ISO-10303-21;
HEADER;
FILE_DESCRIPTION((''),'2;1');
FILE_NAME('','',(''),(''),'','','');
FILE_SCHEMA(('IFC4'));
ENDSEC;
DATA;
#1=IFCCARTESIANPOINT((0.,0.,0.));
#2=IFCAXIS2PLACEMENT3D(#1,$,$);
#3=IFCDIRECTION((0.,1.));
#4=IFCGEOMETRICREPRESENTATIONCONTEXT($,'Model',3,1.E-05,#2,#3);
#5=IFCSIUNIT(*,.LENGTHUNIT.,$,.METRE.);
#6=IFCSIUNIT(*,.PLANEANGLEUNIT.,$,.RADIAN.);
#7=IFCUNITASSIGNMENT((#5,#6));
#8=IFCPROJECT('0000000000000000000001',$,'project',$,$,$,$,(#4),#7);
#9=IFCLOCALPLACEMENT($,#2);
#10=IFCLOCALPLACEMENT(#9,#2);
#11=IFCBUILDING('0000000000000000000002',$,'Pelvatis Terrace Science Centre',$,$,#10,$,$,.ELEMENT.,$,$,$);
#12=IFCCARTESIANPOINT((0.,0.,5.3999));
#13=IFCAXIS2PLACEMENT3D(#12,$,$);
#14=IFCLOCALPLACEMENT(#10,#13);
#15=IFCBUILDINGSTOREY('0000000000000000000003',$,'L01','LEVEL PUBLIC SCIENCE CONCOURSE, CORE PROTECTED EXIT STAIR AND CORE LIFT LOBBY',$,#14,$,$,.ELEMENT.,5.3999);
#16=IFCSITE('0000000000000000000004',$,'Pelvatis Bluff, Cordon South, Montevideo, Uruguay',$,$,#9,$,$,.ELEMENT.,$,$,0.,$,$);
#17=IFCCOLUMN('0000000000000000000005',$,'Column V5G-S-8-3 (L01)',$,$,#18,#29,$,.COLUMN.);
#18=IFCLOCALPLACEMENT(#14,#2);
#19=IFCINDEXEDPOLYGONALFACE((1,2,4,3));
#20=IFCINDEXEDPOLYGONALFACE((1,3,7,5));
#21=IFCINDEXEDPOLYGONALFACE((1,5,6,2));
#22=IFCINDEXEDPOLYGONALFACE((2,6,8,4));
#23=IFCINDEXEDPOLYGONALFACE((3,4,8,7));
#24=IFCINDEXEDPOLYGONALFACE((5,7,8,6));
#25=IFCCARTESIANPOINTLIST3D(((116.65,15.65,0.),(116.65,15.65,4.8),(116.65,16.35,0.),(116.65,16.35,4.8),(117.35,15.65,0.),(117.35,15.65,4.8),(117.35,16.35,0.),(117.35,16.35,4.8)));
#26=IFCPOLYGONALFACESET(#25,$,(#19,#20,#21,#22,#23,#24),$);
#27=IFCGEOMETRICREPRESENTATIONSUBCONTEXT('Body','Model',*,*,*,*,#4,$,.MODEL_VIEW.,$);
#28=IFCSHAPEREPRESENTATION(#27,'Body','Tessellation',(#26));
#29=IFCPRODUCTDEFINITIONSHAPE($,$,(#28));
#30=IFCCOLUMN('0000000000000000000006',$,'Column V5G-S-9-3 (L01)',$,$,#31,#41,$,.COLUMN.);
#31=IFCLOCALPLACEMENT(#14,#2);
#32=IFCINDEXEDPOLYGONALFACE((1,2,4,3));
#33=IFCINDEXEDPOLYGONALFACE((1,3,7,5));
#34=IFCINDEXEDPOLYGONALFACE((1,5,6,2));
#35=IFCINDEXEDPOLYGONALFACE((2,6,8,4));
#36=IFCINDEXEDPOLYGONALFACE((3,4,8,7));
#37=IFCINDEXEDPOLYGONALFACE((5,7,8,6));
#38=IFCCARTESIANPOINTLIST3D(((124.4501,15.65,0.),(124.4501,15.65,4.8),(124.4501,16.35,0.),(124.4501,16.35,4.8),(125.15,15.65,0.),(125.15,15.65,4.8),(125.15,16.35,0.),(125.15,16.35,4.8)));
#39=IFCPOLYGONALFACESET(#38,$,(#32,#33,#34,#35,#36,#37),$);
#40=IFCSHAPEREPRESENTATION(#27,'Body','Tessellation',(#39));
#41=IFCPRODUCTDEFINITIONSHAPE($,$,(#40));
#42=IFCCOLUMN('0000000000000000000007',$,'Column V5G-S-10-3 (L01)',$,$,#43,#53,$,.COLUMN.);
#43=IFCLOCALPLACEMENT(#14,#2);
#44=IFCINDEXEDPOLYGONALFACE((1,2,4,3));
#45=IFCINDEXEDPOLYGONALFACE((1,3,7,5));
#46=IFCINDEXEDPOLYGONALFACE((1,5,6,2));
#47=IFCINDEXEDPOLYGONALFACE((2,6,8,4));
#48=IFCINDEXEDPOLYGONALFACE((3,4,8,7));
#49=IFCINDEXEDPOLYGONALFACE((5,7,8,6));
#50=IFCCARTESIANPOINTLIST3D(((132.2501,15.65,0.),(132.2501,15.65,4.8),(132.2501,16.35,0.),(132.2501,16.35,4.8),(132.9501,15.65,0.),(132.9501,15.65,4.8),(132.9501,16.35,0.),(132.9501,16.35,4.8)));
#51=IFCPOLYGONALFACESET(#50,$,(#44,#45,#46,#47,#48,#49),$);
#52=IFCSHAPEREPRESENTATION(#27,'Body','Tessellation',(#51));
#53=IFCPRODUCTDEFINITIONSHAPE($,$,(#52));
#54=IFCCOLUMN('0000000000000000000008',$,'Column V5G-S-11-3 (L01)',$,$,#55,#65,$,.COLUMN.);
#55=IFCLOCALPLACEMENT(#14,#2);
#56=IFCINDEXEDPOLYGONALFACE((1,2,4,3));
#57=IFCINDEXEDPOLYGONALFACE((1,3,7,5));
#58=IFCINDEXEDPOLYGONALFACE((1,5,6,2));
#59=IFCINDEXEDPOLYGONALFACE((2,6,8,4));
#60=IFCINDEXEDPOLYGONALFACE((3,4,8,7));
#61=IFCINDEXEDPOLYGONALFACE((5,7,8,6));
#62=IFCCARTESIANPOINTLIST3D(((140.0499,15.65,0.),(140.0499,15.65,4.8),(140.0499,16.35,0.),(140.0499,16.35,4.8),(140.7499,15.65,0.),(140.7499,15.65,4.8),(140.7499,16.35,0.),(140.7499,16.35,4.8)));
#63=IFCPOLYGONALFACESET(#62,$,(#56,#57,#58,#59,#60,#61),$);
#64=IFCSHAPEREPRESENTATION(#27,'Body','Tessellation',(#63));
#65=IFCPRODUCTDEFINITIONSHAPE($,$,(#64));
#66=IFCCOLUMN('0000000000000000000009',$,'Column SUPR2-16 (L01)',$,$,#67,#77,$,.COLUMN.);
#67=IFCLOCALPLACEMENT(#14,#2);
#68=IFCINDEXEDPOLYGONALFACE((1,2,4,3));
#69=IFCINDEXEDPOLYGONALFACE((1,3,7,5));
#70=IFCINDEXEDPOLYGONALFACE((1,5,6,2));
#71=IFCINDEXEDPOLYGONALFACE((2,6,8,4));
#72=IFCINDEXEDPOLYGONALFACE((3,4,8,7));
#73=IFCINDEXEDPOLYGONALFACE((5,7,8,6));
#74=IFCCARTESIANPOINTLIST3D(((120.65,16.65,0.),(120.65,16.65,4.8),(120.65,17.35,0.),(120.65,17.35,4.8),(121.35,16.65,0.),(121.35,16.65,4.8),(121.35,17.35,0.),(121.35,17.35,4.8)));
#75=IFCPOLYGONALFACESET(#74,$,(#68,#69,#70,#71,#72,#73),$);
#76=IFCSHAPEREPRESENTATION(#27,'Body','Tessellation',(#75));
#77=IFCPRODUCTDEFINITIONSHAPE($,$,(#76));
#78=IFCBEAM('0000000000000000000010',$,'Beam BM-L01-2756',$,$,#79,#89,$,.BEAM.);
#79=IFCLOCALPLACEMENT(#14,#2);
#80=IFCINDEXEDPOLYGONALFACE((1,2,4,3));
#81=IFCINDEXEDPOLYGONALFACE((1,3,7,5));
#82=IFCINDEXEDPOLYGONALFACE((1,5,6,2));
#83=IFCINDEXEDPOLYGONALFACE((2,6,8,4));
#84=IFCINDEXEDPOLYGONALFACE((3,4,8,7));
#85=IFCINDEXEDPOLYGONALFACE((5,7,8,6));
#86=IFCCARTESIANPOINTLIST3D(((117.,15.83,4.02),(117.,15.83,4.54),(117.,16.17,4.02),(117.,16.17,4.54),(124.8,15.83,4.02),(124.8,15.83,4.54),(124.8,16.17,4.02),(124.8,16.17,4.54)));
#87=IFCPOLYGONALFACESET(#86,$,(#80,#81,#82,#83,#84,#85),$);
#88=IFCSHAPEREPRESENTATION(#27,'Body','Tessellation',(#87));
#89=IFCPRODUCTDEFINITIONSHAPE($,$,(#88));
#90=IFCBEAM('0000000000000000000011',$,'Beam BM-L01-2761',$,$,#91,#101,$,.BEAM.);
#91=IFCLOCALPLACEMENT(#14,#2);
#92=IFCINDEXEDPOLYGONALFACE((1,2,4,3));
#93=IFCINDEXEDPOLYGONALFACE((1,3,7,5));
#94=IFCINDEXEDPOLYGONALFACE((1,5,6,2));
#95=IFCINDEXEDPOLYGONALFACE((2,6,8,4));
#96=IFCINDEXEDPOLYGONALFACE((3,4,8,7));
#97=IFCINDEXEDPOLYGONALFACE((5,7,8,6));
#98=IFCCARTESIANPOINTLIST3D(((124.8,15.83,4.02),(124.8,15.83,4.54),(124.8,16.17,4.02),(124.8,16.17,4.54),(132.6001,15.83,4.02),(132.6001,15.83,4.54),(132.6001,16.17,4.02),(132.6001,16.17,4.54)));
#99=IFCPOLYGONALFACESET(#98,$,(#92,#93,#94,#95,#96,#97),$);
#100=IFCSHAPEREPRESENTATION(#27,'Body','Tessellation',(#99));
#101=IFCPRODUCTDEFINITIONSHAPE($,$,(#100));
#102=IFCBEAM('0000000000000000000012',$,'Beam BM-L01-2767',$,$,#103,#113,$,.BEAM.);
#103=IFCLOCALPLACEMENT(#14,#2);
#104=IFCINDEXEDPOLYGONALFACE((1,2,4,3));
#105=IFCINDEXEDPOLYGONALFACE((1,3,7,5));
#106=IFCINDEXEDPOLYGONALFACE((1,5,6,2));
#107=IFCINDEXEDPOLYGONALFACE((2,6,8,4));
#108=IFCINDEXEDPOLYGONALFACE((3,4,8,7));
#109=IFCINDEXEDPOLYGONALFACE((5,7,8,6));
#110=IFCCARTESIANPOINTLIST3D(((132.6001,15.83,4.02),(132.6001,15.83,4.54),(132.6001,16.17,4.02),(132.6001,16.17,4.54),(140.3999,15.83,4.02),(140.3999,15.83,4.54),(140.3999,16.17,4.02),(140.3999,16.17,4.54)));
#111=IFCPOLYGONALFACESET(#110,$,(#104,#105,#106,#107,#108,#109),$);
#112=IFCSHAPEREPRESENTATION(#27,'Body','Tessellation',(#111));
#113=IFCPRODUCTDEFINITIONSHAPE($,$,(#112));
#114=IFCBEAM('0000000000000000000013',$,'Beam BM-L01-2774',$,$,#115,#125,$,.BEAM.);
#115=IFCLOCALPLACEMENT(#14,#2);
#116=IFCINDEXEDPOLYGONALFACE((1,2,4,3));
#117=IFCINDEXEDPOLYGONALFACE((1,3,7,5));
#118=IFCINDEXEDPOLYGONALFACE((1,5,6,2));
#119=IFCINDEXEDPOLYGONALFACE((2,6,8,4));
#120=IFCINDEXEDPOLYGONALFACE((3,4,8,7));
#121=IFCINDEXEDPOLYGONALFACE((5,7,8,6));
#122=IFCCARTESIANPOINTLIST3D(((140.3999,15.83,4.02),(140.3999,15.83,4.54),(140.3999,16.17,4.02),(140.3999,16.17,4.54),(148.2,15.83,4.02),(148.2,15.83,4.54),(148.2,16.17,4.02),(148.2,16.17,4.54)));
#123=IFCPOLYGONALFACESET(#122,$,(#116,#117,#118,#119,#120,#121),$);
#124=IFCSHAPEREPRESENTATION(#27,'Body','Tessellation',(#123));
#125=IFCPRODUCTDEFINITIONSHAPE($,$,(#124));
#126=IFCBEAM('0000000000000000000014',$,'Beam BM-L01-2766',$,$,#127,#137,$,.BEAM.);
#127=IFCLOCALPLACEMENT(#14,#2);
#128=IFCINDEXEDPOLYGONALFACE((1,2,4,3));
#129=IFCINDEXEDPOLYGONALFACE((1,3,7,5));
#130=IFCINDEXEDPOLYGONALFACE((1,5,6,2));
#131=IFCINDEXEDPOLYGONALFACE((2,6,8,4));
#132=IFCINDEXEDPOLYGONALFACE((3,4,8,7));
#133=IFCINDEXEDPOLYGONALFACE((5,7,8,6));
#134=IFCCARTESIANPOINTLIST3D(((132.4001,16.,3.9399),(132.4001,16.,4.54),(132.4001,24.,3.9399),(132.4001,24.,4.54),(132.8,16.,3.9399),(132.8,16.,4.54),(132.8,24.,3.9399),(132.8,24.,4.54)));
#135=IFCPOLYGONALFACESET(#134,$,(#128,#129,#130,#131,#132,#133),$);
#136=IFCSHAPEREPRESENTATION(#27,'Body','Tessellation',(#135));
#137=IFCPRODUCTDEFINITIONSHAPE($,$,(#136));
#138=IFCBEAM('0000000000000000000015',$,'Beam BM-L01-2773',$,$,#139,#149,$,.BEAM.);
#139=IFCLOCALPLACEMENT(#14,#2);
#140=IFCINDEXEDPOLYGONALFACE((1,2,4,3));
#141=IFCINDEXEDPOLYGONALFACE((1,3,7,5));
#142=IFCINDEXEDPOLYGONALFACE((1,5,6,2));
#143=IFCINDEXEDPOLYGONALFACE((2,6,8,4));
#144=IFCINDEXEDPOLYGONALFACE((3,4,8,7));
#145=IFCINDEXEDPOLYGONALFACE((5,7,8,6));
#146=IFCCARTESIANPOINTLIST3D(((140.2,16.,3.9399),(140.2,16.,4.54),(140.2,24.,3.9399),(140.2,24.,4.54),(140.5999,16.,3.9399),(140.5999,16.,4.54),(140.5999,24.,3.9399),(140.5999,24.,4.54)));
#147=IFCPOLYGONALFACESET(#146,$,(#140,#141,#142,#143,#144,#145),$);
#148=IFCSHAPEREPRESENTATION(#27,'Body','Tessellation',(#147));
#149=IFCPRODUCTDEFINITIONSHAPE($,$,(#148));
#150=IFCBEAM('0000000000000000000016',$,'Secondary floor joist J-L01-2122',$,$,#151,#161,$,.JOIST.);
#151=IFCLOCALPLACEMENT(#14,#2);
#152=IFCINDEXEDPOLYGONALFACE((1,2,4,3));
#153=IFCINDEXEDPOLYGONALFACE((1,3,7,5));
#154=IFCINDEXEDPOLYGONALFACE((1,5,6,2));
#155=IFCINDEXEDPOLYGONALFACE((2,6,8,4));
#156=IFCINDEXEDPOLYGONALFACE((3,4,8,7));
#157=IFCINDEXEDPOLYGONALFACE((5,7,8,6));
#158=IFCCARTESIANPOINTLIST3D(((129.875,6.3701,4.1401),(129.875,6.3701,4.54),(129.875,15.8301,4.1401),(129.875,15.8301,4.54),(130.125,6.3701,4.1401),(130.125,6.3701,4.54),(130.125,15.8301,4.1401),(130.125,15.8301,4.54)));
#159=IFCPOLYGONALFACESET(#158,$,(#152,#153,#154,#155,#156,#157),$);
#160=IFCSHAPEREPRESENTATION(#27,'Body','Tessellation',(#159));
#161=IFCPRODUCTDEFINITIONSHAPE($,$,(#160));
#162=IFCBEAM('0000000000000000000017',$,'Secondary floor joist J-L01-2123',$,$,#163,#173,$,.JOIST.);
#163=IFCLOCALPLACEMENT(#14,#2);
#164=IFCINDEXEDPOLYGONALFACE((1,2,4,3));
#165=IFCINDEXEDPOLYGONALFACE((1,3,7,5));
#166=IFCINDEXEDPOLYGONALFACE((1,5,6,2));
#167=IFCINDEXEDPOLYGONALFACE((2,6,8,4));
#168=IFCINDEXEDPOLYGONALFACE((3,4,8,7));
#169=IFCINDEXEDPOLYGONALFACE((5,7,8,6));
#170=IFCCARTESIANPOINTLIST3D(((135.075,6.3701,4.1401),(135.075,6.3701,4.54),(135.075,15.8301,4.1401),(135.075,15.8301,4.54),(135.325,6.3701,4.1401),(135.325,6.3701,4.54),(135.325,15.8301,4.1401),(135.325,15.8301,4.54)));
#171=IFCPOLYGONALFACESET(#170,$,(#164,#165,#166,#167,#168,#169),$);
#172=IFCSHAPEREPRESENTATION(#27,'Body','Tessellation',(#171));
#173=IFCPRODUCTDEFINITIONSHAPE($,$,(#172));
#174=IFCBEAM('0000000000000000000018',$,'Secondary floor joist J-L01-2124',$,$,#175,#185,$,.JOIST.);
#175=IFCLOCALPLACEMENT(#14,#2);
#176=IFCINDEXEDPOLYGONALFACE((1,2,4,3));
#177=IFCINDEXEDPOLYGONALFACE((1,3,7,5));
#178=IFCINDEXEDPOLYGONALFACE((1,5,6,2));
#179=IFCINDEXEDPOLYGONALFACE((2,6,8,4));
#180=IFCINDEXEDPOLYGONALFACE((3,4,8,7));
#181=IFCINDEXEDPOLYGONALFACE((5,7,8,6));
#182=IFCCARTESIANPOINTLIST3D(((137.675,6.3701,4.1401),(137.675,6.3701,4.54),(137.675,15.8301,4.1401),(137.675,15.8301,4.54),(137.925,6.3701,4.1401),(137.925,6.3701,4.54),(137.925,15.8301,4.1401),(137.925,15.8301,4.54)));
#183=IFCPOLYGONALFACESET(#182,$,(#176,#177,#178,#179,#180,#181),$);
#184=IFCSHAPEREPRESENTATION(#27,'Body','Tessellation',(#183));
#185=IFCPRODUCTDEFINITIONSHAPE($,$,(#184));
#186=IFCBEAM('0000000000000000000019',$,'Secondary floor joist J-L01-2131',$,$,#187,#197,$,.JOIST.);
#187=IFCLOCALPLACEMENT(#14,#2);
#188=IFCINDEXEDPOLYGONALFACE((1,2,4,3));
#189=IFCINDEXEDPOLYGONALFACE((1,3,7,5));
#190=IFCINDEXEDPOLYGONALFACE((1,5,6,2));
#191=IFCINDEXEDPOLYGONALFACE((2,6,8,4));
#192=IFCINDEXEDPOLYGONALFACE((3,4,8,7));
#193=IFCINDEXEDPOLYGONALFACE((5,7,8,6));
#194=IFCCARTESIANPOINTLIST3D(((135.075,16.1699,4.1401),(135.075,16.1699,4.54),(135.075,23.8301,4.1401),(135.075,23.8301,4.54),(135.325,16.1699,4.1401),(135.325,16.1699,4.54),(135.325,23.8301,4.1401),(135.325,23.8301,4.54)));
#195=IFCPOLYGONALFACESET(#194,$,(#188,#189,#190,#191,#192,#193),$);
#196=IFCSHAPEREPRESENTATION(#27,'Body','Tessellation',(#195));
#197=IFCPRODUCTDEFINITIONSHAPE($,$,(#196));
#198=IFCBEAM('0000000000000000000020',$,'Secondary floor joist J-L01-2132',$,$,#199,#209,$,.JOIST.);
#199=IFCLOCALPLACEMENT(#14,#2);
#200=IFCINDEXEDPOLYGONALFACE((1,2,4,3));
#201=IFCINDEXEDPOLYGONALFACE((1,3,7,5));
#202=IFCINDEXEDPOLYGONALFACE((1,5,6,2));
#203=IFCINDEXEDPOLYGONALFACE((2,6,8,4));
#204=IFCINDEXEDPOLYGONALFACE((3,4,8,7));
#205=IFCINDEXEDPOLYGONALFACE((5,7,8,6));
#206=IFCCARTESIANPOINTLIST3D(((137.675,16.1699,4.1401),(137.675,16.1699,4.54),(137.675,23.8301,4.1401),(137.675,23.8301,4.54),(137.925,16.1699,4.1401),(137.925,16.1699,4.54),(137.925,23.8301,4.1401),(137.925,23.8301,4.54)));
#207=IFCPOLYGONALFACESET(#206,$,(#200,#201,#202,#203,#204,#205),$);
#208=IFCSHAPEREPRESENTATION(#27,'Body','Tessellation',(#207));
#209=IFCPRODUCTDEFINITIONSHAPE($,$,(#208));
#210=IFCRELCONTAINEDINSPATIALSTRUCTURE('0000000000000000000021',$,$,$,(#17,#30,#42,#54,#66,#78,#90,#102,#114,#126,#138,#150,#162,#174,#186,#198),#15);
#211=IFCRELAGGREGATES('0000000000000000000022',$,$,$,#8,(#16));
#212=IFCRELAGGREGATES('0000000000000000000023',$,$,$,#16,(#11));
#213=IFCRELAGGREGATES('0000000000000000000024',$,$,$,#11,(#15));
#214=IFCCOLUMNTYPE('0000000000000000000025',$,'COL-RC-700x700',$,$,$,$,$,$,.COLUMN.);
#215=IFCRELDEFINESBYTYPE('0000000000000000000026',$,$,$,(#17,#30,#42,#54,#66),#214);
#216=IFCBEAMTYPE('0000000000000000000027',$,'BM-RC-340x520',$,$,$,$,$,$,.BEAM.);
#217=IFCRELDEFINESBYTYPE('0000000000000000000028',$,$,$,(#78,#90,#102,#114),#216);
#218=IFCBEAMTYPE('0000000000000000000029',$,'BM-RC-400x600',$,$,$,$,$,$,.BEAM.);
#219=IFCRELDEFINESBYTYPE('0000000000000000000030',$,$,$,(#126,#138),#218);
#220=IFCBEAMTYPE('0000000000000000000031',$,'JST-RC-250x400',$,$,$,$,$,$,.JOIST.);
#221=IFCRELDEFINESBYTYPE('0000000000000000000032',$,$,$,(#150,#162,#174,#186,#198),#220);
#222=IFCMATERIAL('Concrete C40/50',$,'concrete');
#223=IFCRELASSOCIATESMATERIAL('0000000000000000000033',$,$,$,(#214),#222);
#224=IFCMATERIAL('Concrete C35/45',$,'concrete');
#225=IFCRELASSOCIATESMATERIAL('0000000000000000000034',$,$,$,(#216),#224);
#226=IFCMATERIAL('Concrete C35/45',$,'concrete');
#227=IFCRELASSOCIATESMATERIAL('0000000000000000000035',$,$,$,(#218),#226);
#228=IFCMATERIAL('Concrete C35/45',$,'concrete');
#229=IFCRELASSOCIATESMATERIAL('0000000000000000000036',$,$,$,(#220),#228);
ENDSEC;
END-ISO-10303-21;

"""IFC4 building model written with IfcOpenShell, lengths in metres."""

from ifc_helpers import new_model, si_unit, direction, frame, origin, origin_2d, place, context, subcontext, project, spatial, rectangle, extrude, material, material_profile, profile_set, type_object, element, save


model = new_model("IFC4")

# Units and contexts
model_context = context("Model", 3, precision=1e-05, world=origin(), true_north=direction((0.0, 1.0)))
body_context = subcontext(model_context, "Body", "Model", "MODEL_VIEW")
ifc_project = project(units=[si_unit("LENGTHUNIT", "METRE"), si_unit("PLANEANGLEUNIT", "RADIAN")], contexts=[model_context])

# Site, building, storey
site_placement = place(None, origin())
site = spatial("IfcSite", under=ifc_project, at=site_placement, Name="Pelvatis Bluff, Cordon South, Montevideo, Uruguay", CompositionType="ELEMENT", RefElevation=0.0)
building_placement = place(site_placement, origin())
building = spatial("IfcBuilding", under=site, at=building_placement, Name="Pelvatis Terrace Science Centre", CompositionType="ELEMENT")
storey_placement = place(building_placement, frame((0.0, 0.0, 5.3999)))
storey = spatial("IfcBuildingStorey", under=building, at=storey_placement, Name="L01", Description="LEVEL PUBLIC SCIENCE CONCOURSE, CORE PROTECTED EXIT STAIR AND CORE LIFT LOBBY", CompositionType="ELEMENT", Elevation=5.3999)

# Columns
ifc_material_1 = material(Name="Concrete C40/50", Category="concrete")
ifc_material_profile_1 = material_profile(ifc_material_1, rectangle(XDim=0.7, YDim=0.7, at=origin_2d()), Name="RC-COL 700x700")
ifc_profile_set_1 = profile_set([ifc_material_profile_1], Name="Concrete C40/50")
column_type = type_object("IfcColumnType", Name="COL-RC-700x700", PredefinedType="COLUMN", material=ifc_profile_set_1)
for number, where, z_axis, x_axis, name in (
    (1, (117.0, 16.0, 0.0), (0.0, 0.0, 1.0), (1.0, 0.0, 0.0), "Column V5G-S-8-3 (L01)"),
    (2, (124.8, 16.0, 0.0), (0.0, 0.0, 1.0), (1.0, 0.0, 0.0), "Column V5G-S-9-3 (L01)"),
    (3, (132.6001, 16.0, 0.0), (0.0, 0.0, 1.0), (1.0, 0.0, 0.0), "Column V5G-S-10-3 (L01)"),
    (4, (140.3999, 16.0, 0.0), (0.0, 0.0, 1.0), (1.0, 0.0, 0.0), "Column V5G-S-11-3 (L01)"),
    (5, (121.0, 17.0, 0.0), (0.0, 0.0, 1.0), (1.0, 0.0, 0.0), "Column SUPR2-16 (L01)"),
):
    element("IfcColumn", number, at=place(storey_placement, frame(where, z_axis=z_axis, x_axis=x_axis)), inside=storey, type_object=column_type, Name=name, PredefinedType="COLUMN", context=body_context, shape_type="SweptSolid", body=[
        extrude(rectangle(XDim=0.7, YDim=0.7, at=origin_2d()), origin(), (0.0, 0.0, 1.0), 4.8),
    ])

# Beams
ifc_material_2 = material(Name="Concrete C35/45", Category="concrete")
ifc_material_profile_2 = material_profile(ifc_material_2, rectangle(XDim=0.3401, YDim=0.52, at=origin_2d()), Name="RC-BM 340x520")
ifc_profile_set_2 = profile_set([ifc_material_profile_2], Name="Concrete C35/45")
beam_type_1 = type_object("IfcBeamType", Name="BM-RC-340x520", PredefinedType="BEAM", material=ifc_profile_set_2)
for number, where, z_axis, x_axis, name in (
    (6, (117.0, 16.0, 4.28), (1.0, 0.0, 0.0), (0.0, 1.0, 0.0), "Beam BM-L01-2756"),
    (7, (124.8, 16.0, 4.28), (1.0, 0.0, 0.0), (0.0, 1.0, 0.0), "Beam BM-L01-2761"),
):
    element("IfcBeam", number, at=place(storey_placement, frame(where, z_axis=z_axis, x_axis=x_axis)), inside=storey, type_object=beam_type_1, Name=name, PredefinedType="BEAM", context=body_context, shape_type="SweptSolid", body=[
        extrude(rectangle(XDim=0.3401, YDim=0.52, at=origin_2d()), origin(), (0.0, 0.0, 1.0), 7.8),
    ])
beam_1_placement = place(storey_placement, frame((132.6001, 16.0, 4.28), z_axis=(1.0, 0.0, 0.0), x_axis=(0.0, 1.0, 0.0)))
element("IfcBeam", 8, at=beam_1_placement, inside=storey, type_object=beam_type_1, Name="Beam BM-L01-2767", PredefinedType="BEAM", context=body_context, shape_type="SweptSolid", body=[
    extrude(rectangle(XDim=0.3401, YDim=0.52, at=origin_2d()), origin(), (0.0, 0.0, 1.0), 7.7998),
])
beam_2_placement = place(storey_placement, frame((140.3999, 16.0, 4.28), z_axis=(1.0, 0.0, 0.0), x_axis=(0.0, 1.0, 0.0)))
element("IfcBeam", 9, at=beam_2_placement, inside=storey, type_object=beam_type_1, Name="Beam BM-L01-2774", PredefinedType="BEAM", context=body_context, shape_type="SweptSolid", body=[
    extrude(rectangle(XDim=0.3401, YDim=0.52, at=origin_2d()), origin(), (0.0, 0.0, 1.0), 7.8),
])
ifc_material_3 = material(Name="Concrete C35/45", Category="concrete")
ifc_material_profile_3 = material_profile(ifc_material_3, rectangle(XDim=0.3999, YDim=0.6001, at=origin_2d()), Name="RC-BM 400x600")
ifc_profile_set_3 = profile_set([ifc_material_profile_3], Name="Concrete C35/45")
beam_type_2 = type_object("IfcBeamType", Name="BM-RC-400x600", PredefinedType="BEAM", material=ifc_profile_set_3)
for number, where, z_axis, x_axis, name in (
    (10, (132.6001, 16.0, 4.24), (0.0, 1.0, 0.0), (-1.0, 0.0, 0.0), "Beam BM-L01-2766"),
    (11, (140.3999, 16.0, 4.24), (0.0, 1.0, 0.0), (-1.0, 0.0, 0.0), "Beam BM-L01-2773"),
):
    element("IfcBeam", number, at=place(storey_placement, frame(where, z_axis=z_axis, x_axis=x_axis)), inside=storey, type_object=beam_type_2, Name=name, PredefinedType="BEAM", context=body_context, shape_type="SweptSolid", body=[
        extrude(rectangle(XDim=0.3999, YDim=0.6001, at=origin_2d()), origin(), (0.0, 0.0, 1.0), 8.0),
    ])
ifc_material_4 = material(Name="Concrete C35/45", Category="concrete")
ifc_material_profile_4 = material_profile(ifc_material_4, rectangle(XDim=0.25, YDim=0.3999, at=origin_2d()), Name="RC-JST 250x400")
ifc_profile_set_4 = profile_set([ifc_material_profile_4], Name="Concrete C35/45")
beam_type_3 = type_object("IfcBeamType", Name="JST-RC-250x400", PredefinedType="JOIST", material=ifc_profile_set_4)
for number, where, z_axis, x_axis, name in (
    (12, (130.0, 6.3701, 4.3401), (0.0, 1.0, 0.0), (-1.0, 0.0, 0.0), "Secondary floor joist J-L01-2122"),
    (13, (135.2, 6.3701, 4.3401), (0.0, 1.0, 0.0), (-1.0, 0.0, 0.0), "Secondary floor joist J-L01-2123"),
    (14, (137.8, 6.3701, 4.3401), (0.0, 1.0, 0.0), (-1.0, 0.0, 0.0), "Secondary floor joist J-L01-2124"),
):
    element("IfcBeam", number, at=place(storey_placement, frame(where, z_axis=z_axis, x_axis=x_axis)), inside=storey, type_object=beam_type_3, Name=name, PredefinedType="JOIST", context=body_context, shape_type="SweptSolid", body=[
        extrude(rectangle(XDim=0.25, YDim=0.3999, at=origin_2d()), origin(), (0.0, 0.0, 1.0), 9.46),
    ])
for number, where, z_axis, x_axis, name in (
    (15, (135.2, 16.1699, 4.3401), (0.0, 1.0, 0.0), (-1.0, 0.0, 0.0), "Secondary floor joist J-L01-2131"),
    (16, (137.8, 16.1699, 4.3401), (0.0, 1.0, 0.0), (-1.0, 0.0, 0.0), "Secondary floor joist J-L01-2132"),
):
    element("IfcBeam", number, at=place(storey_placement, frame(where, z_axis=z_axis, x_axis=x_axis)), inside=storey, type_object=beam_type_3, Name=name, PredefinedType="JOIST", context=body_context, shape_type="SweptSolid", body=[
        extrude(rectangle(XDim=0.25, YDim=0.3999, at=origin_2d()), origin(), (0.0, 0.0, 1.0), 7.6602),
    ])

save(model, "model.ifc")
